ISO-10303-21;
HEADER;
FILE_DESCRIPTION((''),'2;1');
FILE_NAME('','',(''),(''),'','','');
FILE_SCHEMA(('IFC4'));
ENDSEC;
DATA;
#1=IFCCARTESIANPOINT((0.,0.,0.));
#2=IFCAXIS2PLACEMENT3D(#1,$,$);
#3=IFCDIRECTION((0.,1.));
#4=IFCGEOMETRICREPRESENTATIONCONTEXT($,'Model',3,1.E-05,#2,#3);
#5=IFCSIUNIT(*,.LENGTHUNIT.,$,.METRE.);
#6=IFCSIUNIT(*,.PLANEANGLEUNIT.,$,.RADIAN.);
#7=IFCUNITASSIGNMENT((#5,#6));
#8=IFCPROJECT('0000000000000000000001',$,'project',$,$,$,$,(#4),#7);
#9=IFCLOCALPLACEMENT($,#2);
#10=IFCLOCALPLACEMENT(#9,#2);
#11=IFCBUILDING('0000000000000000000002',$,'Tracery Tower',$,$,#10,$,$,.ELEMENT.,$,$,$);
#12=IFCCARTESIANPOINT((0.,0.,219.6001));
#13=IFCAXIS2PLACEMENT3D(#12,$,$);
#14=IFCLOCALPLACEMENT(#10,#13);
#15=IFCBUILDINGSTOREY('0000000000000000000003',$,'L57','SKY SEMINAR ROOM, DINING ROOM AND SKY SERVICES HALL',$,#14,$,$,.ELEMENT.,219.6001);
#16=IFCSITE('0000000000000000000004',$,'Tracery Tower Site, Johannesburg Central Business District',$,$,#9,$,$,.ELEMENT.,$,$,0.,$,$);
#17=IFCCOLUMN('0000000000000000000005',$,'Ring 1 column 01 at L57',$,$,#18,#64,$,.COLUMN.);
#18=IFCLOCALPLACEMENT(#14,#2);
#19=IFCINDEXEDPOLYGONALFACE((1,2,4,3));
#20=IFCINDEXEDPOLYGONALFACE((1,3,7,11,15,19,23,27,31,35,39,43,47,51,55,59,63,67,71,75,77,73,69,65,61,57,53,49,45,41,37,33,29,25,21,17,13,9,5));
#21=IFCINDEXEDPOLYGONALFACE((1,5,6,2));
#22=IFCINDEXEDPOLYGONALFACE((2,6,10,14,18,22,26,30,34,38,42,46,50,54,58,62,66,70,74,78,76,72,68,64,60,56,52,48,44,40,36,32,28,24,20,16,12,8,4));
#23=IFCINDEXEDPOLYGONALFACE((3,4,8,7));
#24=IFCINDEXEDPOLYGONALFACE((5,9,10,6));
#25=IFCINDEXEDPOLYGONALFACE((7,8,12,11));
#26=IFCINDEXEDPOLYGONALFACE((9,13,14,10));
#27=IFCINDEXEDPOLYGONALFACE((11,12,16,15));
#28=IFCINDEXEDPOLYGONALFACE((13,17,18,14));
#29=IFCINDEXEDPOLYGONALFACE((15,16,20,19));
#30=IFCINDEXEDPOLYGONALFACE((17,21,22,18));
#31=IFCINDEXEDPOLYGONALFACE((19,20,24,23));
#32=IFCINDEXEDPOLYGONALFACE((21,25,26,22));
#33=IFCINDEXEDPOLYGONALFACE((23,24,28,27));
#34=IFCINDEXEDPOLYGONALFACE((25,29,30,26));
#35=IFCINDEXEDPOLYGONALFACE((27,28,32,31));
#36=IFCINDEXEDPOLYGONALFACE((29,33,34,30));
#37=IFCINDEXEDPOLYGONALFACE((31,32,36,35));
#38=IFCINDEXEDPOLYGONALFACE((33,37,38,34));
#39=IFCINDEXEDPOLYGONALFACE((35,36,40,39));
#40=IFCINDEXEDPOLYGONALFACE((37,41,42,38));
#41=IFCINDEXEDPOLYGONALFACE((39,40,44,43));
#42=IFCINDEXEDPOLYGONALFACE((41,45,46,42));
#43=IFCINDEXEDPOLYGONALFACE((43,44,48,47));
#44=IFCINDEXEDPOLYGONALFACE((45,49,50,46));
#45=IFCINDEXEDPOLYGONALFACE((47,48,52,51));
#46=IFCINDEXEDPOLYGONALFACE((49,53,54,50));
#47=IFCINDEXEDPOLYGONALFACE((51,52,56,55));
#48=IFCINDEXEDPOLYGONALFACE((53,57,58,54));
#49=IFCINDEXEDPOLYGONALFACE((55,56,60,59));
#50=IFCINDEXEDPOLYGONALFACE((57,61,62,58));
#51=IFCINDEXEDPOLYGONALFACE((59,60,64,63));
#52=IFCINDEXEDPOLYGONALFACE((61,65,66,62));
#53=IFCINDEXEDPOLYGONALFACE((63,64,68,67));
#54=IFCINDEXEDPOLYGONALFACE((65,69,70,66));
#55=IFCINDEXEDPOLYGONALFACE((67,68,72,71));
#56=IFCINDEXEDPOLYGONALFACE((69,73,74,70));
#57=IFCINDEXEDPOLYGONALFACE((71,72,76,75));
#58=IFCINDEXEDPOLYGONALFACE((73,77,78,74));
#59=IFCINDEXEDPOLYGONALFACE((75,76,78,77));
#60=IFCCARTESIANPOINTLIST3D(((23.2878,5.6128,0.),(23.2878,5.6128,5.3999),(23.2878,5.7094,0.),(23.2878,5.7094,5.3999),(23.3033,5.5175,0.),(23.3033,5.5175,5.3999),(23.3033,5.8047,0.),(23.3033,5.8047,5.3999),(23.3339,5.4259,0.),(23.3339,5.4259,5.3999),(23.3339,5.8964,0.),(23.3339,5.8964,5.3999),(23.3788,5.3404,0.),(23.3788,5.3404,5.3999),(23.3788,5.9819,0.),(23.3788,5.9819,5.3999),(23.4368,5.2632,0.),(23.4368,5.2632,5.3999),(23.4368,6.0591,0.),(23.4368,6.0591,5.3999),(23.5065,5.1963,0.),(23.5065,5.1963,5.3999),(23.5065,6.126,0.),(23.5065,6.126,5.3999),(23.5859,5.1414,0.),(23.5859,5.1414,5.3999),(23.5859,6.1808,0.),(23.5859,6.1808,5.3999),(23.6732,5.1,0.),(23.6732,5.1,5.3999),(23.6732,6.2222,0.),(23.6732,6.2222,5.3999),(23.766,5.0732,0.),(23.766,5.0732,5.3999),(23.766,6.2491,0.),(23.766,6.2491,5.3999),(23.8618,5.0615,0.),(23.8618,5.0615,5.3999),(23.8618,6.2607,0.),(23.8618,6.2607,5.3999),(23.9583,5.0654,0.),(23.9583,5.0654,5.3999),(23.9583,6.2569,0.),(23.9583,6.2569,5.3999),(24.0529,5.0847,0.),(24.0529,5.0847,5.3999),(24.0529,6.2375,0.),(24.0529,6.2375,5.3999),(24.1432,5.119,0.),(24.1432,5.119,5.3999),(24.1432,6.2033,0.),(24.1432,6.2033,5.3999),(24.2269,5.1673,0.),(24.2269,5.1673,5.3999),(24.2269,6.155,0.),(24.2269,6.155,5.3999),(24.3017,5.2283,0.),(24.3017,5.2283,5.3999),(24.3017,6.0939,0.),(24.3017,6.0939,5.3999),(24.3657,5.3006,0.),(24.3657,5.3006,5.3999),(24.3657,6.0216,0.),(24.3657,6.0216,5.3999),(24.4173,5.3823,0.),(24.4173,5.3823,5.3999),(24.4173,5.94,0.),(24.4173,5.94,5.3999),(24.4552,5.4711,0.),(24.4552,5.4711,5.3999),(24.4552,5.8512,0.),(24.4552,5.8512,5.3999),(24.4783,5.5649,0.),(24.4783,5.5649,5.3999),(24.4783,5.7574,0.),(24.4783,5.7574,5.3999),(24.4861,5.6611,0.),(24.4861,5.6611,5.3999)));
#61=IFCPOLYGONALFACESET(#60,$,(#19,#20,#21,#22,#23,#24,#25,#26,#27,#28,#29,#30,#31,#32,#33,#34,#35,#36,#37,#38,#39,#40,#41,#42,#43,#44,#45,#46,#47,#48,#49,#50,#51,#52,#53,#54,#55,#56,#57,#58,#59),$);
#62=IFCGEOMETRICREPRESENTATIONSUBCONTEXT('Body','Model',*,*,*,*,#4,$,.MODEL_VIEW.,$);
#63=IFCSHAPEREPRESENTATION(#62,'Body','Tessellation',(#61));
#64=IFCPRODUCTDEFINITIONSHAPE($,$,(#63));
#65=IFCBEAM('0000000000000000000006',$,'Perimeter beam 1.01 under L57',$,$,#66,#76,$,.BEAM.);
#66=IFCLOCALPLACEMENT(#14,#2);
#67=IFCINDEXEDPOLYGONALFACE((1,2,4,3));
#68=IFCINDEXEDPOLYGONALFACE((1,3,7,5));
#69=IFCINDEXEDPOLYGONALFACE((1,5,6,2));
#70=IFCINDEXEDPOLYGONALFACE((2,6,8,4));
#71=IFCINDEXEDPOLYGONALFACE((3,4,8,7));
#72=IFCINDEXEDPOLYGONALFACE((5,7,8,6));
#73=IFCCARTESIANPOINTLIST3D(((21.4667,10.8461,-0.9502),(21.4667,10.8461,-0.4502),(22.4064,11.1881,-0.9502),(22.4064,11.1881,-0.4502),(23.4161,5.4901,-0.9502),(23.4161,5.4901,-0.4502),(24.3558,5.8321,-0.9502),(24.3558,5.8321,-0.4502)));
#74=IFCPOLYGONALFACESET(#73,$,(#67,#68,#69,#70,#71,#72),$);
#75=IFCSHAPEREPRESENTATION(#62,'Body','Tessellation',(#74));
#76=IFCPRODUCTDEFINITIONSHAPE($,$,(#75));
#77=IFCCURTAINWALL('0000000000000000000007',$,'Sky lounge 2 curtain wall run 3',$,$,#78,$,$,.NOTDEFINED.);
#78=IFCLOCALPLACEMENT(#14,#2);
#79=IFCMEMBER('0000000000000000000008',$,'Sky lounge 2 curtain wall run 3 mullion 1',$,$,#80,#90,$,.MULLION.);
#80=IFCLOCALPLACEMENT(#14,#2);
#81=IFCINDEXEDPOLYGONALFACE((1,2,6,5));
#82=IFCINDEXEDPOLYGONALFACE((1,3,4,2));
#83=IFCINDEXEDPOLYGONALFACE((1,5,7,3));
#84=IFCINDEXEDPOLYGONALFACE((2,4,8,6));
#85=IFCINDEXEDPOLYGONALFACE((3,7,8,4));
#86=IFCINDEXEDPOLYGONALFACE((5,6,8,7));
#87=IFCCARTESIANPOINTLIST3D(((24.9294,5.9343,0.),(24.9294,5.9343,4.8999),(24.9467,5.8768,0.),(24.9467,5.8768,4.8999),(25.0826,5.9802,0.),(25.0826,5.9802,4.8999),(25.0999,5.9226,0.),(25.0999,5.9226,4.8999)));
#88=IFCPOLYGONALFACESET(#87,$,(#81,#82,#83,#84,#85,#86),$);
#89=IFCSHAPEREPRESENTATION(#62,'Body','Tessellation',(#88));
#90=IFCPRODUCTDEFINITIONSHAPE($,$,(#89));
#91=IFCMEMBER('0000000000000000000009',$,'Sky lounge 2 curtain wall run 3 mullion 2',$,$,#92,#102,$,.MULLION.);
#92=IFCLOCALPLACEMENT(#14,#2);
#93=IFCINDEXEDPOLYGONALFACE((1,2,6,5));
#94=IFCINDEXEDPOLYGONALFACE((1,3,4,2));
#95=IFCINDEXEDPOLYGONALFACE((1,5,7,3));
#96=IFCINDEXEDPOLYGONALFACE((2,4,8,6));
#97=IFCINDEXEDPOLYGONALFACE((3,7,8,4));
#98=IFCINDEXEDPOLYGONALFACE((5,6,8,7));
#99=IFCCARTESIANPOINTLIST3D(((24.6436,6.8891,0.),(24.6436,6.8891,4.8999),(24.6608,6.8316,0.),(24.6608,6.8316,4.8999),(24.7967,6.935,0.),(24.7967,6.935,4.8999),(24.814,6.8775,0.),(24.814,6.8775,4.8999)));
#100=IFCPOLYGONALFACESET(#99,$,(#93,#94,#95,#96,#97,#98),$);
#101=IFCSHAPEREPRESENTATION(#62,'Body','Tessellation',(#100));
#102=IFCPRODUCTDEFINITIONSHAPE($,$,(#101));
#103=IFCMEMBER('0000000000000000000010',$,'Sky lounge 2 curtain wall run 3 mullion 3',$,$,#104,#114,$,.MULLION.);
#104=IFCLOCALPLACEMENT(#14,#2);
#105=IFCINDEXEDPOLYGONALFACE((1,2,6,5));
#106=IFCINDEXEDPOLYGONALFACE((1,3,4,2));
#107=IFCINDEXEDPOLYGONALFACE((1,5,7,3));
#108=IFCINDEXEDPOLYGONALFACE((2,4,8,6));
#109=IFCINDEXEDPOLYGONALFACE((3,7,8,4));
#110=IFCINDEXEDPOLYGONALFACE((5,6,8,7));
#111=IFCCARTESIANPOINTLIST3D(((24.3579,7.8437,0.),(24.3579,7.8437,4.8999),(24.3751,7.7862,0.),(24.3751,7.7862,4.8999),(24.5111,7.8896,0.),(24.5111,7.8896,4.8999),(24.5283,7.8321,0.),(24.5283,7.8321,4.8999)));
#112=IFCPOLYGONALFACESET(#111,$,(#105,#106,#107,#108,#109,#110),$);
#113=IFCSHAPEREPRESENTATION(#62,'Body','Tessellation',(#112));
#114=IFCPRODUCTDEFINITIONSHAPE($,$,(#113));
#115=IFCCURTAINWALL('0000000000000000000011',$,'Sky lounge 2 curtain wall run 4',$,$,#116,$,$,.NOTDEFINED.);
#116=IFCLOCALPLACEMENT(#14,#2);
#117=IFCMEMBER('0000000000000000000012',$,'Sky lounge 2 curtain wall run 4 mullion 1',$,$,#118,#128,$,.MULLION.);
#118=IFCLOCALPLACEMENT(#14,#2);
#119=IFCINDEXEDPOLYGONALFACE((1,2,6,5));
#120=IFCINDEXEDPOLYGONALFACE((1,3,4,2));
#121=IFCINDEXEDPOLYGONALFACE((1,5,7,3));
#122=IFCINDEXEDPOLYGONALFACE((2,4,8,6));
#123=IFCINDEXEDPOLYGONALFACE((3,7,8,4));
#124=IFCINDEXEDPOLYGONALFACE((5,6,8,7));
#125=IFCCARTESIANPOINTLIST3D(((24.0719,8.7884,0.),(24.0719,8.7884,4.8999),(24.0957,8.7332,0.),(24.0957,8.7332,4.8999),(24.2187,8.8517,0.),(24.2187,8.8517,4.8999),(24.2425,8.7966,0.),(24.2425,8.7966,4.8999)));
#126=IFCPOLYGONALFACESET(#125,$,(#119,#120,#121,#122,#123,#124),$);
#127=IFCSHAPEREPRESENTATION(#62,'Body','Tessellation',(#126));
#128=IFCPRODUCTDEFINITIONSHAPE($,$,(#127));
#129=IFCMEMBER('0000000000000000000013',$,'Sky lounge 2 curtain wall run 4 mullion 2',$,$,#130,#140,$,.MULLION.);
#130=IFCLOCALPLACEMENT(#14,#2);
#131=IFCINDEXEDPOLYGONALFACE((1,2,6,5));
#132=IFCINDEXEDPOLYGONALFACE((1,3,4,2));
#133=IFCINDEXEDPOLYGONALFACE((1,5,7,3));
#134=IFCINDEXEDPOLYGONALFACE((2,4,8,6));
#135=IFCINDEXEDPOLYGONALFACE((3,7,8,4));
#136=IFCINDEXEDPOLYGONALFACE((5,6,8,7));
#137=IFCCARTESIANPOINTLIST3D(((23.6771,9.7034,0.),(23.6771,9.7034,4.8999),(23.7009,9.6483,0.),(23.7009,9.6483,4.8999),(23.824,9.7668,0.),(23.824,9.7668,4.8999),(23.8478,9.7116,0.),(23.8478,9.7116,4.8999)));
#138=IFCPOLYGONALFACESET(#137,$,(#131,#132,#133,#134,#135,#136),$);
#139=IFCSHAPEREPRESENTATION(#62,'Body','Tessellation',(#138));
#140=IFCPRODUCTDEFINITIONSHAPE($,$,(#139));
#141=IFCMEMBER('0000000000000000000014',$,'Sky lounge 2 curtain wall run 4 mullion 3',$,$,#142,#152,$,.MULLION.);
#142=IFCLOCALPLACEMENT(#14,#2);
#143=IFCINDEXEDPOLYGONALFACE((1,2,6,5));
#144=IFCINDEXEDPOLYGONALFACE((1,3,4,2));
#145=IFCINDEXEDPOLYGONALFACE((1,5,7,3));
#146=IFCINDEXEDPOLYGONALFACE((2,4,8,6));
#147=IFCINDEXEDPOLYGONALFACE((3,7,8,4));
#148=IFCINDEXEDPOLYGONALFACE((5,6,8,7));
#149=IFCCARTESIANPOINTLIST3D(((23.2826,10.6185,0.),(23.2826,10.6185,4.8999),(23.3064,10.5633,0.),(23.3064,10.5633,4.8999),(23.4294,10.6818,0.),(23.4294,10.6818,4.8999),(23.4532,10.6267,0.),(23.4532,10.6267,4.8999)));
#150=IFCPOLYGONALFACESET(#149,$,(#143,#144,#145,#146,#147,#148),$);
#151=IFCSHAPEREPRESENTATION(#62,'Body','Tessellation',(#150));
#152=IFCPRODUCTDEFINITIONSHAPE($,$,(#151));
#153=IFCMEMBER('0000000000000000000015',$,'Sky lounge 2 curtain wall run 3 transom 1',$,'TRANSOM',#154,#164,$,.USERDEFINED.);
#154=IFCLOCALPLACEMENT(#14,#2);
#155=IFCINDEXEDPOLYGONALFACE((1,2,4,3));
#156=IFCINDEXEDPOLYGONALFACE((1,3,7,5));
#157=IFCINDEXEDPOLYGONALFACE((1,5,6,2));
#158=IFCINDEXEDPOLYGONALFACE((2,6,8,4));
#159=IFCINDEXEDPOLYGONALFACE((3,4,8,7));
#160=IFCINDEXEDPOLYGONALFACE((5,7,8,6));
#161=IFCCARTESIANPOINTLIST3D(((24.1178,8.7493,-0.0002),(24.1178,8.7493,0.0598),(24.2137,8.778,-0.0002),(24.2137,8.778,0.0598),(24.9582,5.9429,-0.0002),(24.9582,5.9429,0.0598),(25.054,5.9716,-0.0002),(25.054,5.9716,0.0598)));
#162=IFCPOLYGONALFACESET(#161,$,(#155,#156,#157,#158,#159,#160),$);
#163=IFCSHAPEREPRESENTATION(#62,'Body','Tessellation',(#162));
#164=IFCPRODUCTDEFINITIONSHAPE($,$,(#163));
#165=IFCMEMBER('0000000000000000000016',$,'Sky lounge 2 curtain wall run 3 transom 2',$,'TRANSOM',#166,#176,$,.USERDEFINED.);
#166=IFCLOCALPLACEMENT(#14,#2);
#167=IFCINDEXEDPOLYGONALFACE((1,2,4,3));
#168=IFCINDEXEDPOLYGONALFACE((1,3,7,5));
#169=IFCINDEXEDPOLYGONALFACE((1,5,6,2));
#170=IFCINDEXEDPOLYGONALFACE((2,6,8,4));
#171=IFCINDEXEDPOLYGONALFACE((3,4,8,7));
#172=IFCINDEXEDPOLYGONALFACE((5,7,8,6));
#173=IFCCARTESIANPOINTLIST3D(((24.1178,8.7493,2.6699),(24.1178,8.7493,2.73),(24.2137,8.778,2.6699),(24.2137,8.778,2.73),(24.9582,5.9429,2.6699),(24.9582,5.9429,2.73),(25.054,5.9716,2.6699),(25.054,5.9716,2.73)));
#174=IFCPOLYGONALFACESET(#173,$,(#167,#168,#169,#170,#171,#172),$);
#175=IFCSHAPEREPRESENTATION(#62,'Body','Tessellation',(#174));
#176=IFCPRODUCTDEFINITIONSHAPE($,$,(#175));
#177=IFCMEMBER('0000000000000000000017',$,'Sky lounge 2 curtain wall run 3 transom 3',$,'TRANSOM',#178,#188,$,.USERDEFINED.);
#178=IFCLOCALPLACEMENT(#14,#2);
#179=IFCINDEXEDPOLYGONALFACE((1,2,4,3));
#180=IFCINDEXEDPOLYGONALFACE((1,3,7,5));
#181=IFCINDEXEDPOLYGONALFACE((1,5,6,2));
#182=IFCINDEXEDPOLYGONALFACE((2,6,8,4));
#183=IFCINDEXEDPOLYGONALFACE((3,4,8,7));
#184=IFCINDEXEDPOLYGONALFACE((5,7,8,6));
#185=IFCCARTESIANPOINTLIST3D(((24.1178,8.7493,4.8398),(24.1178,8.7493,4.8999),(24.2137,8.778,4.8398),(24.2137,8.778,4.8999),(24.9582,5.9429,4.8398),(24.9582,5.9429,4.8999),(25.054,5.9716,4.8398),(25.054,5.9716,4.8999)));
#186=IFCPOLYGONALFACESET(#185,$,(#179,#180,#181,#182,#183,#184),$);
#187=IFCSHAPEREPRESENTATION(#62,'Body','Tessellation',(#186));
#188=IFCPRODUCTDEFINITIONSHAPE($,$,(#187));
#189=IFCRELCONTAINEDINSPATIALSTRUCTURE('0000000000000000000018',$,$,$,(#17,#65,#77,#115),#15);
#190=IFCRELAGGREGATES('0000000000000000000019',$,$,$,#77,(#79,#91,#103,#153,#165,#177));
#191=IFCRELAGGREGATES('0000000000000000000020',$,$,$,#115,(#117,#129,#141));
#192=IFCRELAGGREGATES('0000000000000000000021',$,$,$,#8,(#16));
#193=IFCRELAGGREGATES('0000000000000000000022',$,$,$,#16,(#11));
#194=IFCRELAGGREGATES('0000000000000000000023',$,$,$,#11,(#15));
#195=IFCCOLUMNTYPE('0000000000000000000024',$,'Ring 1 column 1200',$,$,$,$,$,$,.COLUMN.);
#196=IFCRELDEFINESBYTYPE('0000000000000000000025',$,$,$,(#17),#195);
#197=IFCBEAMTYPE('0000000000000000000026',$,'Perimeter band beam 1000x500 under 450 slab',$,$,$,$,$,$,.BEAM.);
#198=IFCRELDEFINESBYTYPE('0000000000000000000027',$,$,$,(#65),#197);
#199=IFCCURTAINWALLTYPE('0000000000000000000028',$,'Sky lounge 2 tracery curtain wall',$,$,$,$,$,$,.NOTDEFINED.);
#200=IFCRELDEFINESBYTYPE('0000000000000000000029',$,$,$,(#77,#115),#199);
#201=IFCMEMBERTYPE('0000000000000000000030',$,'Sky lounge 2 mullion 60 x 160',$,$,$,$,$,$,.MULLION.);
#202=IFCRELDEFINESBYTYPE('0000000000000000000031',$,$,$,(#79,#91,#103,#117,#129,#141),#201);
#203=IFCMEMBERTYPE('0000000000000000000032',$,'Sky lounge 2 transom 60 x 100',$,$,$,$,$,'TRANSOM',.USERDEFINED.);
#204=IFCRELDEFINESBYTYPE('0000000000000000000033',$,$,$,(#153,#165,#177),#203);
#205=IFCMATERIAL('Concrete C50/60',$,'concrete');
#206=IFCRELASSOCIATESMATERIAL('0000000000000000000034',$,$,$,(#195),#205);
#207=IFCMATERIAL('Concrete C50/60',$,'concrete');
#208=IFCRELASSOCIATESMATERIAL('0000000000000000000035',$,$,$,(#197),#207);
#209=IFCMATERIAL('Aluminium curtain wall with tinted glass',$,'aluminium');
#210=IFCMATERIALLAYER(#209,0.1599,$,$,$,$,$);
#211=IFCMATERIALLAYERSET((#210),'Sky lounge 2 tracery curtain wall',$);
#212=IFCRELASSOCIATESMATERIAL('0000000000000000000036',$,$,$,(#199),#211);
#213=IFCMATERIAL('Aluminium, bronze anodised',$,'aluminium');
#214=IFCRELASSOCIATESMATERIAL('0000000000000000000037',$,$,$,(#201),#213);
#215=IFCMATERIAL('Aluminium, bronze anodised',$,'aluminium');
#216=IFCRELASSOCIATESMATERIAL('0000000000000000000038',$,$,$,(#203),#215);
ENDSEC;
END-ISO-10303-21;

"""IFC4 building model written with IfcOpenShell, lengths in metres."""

from ifc_helpers import new_model, si_unit, direction, frame, origin, origin_2d, place, context, subcontext, project, spatial, rectangle, circle, extrude, material, layer, layer_set, material_profile, profile_set, type_object, element, aggregate, save


model = new_model("IFC4")

# Units and contexts
model_context = context("Model", 3, precision=1e-05, world=origin(), true_north=direction((0.0, 1.0)))
body_context = subcontext(model_context, "Body", "Model", "MODEL_VIEW")
ifc_project = project(units=[si_unit("LENGTHUNIT", "METRE"), si_unit("PLANEANGLEUNIT", "RADIAN")], contexts=[model_context])

# Site, building, storey
site_placement = place(None, origin())
site = spatial("IfcSite", under=ifc_project, at=site_placement, Name="Tracery Tower Site, Johannesburg Central Business District", CompositionType="ELEMENT", RefElevation=0.0)
building_placement = place(site_placement, origin())
building = spatial("IfcBuilding", under=site, at=building_placement, Name="Tracery Tower", CompositionType="ELEMENT")
storey_placement = place(building_placement, frame((0.0, 0.0, 219.6001)))
storey = spatial("IfcBuildingStorey", under=building, at=storey_placement, Name="L57", Description="SKY SEMINAR ROOM, DINING ROOM AND SKY SERVICES HALL", CompositionType="ELEMENT", Elevation=219.6001)

# Column
ifc_material_1 = material(Name="Concrete C50/60", Category="concrete")
ifc_material_profile_1 = material_profile(ifc_material_1, circle(Radius=0.6001, at=origin_2d()), Name="RC D1200")
ifc_profile_set_1 = profile_set([ifc_material_profile_1], Name="Concrete C50/60")
column_type = type_object("IfcColumnType", Name="Ring 1 column 1200", PredefinedType="COLUMN", material=ifc_profile_set_1)
column_placement = place(storey_placement, frame((23.886, 5.6611, 0.0), z_axis=(0.0, 0.0, 1.0), x_axis=(1.0, 0.0, 0.0)))
element("IfcColumn", 1, at=column_placement, inside=storey, type_object=column_type, Name="Ring 1 column 01 at L57", PredefinedType="COLUMN", context=body_context, shape_type="SweptSolid", body=[
    extrude(circle(Radius=0.6001, at=origin_2d()), origin(), (0.0, 0.0, 1.0), 5.3999),
])

# Beam
ifc_material_2 = material(Name="Concrete C50/60", Category="concrete")
ifc_material_profile_2 = material_profile(ifc_material_2, rectangle(XDim=1.0, YDim=0.5, at=origin_2d()), Name="RC 1000x500")
ifc_profile_set_2 = profile_set([ifc_material_profile_2], Name="Concrete C50/60")
beam_type = type_object("IfcBeamType", Name="Perimeter band beam 1000x500 under 450 slab", PredefinedType="BEAM", material=ifc_profile_set_2)
beam_placement = place(storey_placement, frame((23.886, 5.6611, -0.7002), z_axis=(-0.342029, 0.93969, 0.0), x_axis=(-0.93969, -0.342029, 0.0)))
element("IfcBeam", 2, at=beam_placement, inside=storey, type_object=beam_type, Name="Perimeter beam 1.01 under L57", PredefinedType="BEAM", context=body_context, shape_type="SweptSolid", body=[
    extrude(rectangle(XDim=1.0, YDim=0.5, at=origin_2d()), origin(), (0.0, 0.0, 1.0), 5.6997),
])

# Curtain walls, members
ifc_material_3 = material(Name="Aluminium curtain wall with tinted glass", Category="aluminium")
ifc_layer_1 = layer(ifc_material_3, 0.1599)
ifc_layer_set_1 = layer_set([ifc_layer_1], Name="Sky lounge 2 tracery curtain wall")
curtain_wall_type = type_object("IfcCurtainWallType", Name="Sky lounge 2 tracery curtain wall", PredefinedType="NOTDEFINED", material=ifc_layer_set_1)
curtain_wall_1_placement = place(storey_placement, origin())
curtain_wall_1 = element("IfcCurtainWall", 3, at=curtain_wall_1_placement, inside=storey, type_object=curtain_wall_type, Name="Sky lounge 2 curtain wall run 3", PredefinedType="NOTDEFINED")
ifc_material_4 = material(Name="Aluminium, bronze anodised", Category="aluminium")
ifc_material_profile_3 = material_profile(ifc_material_4, rectangle(XDim=0.1599, YDim=0.0601, at=origin_2d()), Name="AL 60x160")
ifc_profile_set_3 = profile_set([ifc_material_profile_3], Name="Aluminium, bronze anodised")
member_type_1 = type_object("IfcMemberType", Name="Sky lounge 2 mullion 60 x 160", PredefinedType="MULLION", material=ifc_profile_set_3)
member_1_placement = place(storey_placement, frame((25.0146, 5.9285, 0.0), z_axis=(0.0, 0.0, 1.0), x_axis=(-0.95799, -0.286803, 0.0)))
member_1 = element("IfcMember", 4, at=member_1_placement, type_object=member_type_1, Name="Sky lounge 2 curtain wall run 3 mullion 1", PredefinedType="MULLION", context=body_context, shape_type="SweptSolid", body=[
    extrude(rectangle(XDim=0.1599, YDim=0.0601, at=origin_2d()), origin(), (0.0, 0.0, 1.0), 4.8999),
])
member_2_placement = place(storey_placement, frame((24.7288, 6.8833, 0.0), z_axis=(0.0, 0.0, 1.0), x_axis=(-0.95799, -0.286803, 0.0)))
member_2 = element("IfcMember", 5, at=member_2_placement, type_object=member_type_1, Name="Sky lounge 2 curtain wall run 3 mullion 2", PredefinedType="MULLION", context=body_context, shape_type="SweptSolid", body=[
    extrude(rectangle(XDim=0.1599, YDim=0.0601, at=origin_2d()), origin(), (0.0, 0.0, 1.0), 4.8999),
])
member_3_placement = place(storey_placement, frame((24.4431, 7.8379, 0.0), z_axis=(0.0, 0.0, 1.0), x_axis=(-0.95799, -0.286803, 0.0)))
member_3 = element("IfcMember", 6, at=member_3_placement, type_object=member_type_1, Name="Sky lounge 2 curtain wall run 3 mullion 3", PredefinedType="MULLION", context=body_context, shape_type="SweptSolid", body=[
    extrude(rectangle(XDim=0.1599, YDim=0.0601, at=origin_2d()), origin(), (0.0, 0.0, 1.0), 4.8999),
])
curtain_wall_2_placement = place(storey_placement, origin())
curtain_wall_2 = element("IfcCurtainWall", 7, at=curtain_wall_2_placement, inside=storey, type_object=curtain_wall_type, Name="Sky lounge 2 curtain wall run 4", PredefinedType="NOTDEFINED")
member_4_placement = place(storey_placement, frame((24.1572, 8.7925, 0.0), z_axis=(0.0, 0.0, 1.0), x_axis=(-0.918216, -0.39608, 0.0)))
member_4 = element("IfcMember", 8, at=member_4_placement, type_object=member_type_1, Name="Sky lounge 2 curtain wall run 4 mullion 1", PredefinedType="MULLION", context=body_context, shape_type="SweptSolid", body=[
    extrude(rectangle(XDim=0.1599, YDim=0.0601, at=origin_2d()), origin(), (0.0, 0.0, 1.0), 4.8999),
])
member_5_placement = place(storey_placement, frame((23.7625, 9.7075, 0.0), z_axis=(0.0, 0.0, 1.0), x_axis=(-0.918216, -0.39608, 0.0)))
member_5 = element("IfcMember", 9, at=member_5_placement, type_object=member_type_1, Name="Sky lounge 2 curtain wall run 4 mullion 2", PredefinedType="MULLION", context=body_context, shape_type="SweptSolid", body=[
    extrude(rectangle(XDim=0.1599, YDim=0.0601, at=origin_2d()), origin(), (0.0, 0.0, 1.0), 4.8999),
])
member_6_placement = place(storey_placement, frame((23.3679, 10.6226, 0.0), z_axis=(0.0, 0.0, 1.0), x_axis=(-0.918216, -0.39608, 0.0)))
member_6 = element("IfcMember", 10, at=member_6_placement, type_object=member_type_1, Name="Sky lounge 2 curtain wall run 4 mullion 3", PredefinedType="MULLION", context=body_context, shape_type="SweptSolid", body=[
    extrude(rectangle(XDim=0.1599, YDim=0.0601, at=origin_2d()), origin(), (0.0, 0.0, 1.0), 4.8999),
])

# Members
ifc_material_5 = material(Name="Aluminium, bronze anodised", Category="aluminium")
ifc_material_profile_4 = material_profile(ifc_material_5, rectangle(XDim=0.1001, YDim=0.0601, at=origin_2d()), Name="AL 60x100")
ifc_profile_set_4 = profile_set([ifc_material_profile_4], Name="Aluminium, bronze anodised")
member_type_2 = type_object("IfcMemberType", Name="Sky lounge 2 transom 60 x 100", ElementType="TRANSOM", PredefinedType="USERDEFINED", material=ifc_profile_set_4)
member_7_placement = place(storey_placement, frame((25.0061, 5.9573, 0.0298), z_axis=(-0.286851, 0.957975, 0.0), x_axis=(-0.957975, -0.286851, 0.0)))
member_7 = element("IfcMember", 11, at=member_7_placement, type_object=member_type_2, Name="Sky lounge 2 curtain wall run 3 transom 1", ObjectType="TRANSOM", PredefinedType="USERDEFINED", context=body_context, shape_type="SweptSolid", body=[
    extrude(rectangle(XDim=0.1001, YDim=0.0601, at=origin_2d()), origin(), (0.0, 0.0, 1.0), 2.9294),
])
member_8_placement = place(storey_placement, frame((25.0061, 5.9573, 2.7), z_axis=(-0.286851, 0.957975, 0.0), x_axis=(-0.957975, -0.286851, 0.0)))
member_8 = element("IfcMember", 12, at=member_8_placement, type_object=member_type_2, Name="Sky lounge 2 curtain wall run 3 transom 2", ObjectType="TRANSOM", PredefinedType="USERDEFINED", context=body_context, shape_type="SweptSolid", body=[
    extrude(rectangle(XDim=0.1001, YDim=0.0601, at=origin_2d()), origin(), (0.0, 0.0, 1.0), 2.9294),
])
member_9_placement = place(storey_placement, frame((25.0061, 5.9573, 4.8699), z_axis=(-0.286851, 0.957975, 0.0), x_axis=(-0.957975, -0.286851, 0.0)))
member_9 = element("IfcMember", 13, at=member_9_placement, type_object=member_type_2, Name="Sky lounge 2 curtain wall run 3 transom 3", ObjectType="TRANSOM", PredefinedType="USERDEFINED", context=body_context, shape_type="SweptSolid", body=[
    extrude(rectangle(XDim=0.1001, YDim=0.0601, at=origin_2d()), origin(), (0.0, 0.0, 1.0), 2.9294),
])

aggregate(curtain_wall_1, [member_1, member_2, member_3, member_7, member_8, member_9])
aggregate(curtain_wall_2, [member_4, member_5, member_6])

save(model, "model.ifc")
